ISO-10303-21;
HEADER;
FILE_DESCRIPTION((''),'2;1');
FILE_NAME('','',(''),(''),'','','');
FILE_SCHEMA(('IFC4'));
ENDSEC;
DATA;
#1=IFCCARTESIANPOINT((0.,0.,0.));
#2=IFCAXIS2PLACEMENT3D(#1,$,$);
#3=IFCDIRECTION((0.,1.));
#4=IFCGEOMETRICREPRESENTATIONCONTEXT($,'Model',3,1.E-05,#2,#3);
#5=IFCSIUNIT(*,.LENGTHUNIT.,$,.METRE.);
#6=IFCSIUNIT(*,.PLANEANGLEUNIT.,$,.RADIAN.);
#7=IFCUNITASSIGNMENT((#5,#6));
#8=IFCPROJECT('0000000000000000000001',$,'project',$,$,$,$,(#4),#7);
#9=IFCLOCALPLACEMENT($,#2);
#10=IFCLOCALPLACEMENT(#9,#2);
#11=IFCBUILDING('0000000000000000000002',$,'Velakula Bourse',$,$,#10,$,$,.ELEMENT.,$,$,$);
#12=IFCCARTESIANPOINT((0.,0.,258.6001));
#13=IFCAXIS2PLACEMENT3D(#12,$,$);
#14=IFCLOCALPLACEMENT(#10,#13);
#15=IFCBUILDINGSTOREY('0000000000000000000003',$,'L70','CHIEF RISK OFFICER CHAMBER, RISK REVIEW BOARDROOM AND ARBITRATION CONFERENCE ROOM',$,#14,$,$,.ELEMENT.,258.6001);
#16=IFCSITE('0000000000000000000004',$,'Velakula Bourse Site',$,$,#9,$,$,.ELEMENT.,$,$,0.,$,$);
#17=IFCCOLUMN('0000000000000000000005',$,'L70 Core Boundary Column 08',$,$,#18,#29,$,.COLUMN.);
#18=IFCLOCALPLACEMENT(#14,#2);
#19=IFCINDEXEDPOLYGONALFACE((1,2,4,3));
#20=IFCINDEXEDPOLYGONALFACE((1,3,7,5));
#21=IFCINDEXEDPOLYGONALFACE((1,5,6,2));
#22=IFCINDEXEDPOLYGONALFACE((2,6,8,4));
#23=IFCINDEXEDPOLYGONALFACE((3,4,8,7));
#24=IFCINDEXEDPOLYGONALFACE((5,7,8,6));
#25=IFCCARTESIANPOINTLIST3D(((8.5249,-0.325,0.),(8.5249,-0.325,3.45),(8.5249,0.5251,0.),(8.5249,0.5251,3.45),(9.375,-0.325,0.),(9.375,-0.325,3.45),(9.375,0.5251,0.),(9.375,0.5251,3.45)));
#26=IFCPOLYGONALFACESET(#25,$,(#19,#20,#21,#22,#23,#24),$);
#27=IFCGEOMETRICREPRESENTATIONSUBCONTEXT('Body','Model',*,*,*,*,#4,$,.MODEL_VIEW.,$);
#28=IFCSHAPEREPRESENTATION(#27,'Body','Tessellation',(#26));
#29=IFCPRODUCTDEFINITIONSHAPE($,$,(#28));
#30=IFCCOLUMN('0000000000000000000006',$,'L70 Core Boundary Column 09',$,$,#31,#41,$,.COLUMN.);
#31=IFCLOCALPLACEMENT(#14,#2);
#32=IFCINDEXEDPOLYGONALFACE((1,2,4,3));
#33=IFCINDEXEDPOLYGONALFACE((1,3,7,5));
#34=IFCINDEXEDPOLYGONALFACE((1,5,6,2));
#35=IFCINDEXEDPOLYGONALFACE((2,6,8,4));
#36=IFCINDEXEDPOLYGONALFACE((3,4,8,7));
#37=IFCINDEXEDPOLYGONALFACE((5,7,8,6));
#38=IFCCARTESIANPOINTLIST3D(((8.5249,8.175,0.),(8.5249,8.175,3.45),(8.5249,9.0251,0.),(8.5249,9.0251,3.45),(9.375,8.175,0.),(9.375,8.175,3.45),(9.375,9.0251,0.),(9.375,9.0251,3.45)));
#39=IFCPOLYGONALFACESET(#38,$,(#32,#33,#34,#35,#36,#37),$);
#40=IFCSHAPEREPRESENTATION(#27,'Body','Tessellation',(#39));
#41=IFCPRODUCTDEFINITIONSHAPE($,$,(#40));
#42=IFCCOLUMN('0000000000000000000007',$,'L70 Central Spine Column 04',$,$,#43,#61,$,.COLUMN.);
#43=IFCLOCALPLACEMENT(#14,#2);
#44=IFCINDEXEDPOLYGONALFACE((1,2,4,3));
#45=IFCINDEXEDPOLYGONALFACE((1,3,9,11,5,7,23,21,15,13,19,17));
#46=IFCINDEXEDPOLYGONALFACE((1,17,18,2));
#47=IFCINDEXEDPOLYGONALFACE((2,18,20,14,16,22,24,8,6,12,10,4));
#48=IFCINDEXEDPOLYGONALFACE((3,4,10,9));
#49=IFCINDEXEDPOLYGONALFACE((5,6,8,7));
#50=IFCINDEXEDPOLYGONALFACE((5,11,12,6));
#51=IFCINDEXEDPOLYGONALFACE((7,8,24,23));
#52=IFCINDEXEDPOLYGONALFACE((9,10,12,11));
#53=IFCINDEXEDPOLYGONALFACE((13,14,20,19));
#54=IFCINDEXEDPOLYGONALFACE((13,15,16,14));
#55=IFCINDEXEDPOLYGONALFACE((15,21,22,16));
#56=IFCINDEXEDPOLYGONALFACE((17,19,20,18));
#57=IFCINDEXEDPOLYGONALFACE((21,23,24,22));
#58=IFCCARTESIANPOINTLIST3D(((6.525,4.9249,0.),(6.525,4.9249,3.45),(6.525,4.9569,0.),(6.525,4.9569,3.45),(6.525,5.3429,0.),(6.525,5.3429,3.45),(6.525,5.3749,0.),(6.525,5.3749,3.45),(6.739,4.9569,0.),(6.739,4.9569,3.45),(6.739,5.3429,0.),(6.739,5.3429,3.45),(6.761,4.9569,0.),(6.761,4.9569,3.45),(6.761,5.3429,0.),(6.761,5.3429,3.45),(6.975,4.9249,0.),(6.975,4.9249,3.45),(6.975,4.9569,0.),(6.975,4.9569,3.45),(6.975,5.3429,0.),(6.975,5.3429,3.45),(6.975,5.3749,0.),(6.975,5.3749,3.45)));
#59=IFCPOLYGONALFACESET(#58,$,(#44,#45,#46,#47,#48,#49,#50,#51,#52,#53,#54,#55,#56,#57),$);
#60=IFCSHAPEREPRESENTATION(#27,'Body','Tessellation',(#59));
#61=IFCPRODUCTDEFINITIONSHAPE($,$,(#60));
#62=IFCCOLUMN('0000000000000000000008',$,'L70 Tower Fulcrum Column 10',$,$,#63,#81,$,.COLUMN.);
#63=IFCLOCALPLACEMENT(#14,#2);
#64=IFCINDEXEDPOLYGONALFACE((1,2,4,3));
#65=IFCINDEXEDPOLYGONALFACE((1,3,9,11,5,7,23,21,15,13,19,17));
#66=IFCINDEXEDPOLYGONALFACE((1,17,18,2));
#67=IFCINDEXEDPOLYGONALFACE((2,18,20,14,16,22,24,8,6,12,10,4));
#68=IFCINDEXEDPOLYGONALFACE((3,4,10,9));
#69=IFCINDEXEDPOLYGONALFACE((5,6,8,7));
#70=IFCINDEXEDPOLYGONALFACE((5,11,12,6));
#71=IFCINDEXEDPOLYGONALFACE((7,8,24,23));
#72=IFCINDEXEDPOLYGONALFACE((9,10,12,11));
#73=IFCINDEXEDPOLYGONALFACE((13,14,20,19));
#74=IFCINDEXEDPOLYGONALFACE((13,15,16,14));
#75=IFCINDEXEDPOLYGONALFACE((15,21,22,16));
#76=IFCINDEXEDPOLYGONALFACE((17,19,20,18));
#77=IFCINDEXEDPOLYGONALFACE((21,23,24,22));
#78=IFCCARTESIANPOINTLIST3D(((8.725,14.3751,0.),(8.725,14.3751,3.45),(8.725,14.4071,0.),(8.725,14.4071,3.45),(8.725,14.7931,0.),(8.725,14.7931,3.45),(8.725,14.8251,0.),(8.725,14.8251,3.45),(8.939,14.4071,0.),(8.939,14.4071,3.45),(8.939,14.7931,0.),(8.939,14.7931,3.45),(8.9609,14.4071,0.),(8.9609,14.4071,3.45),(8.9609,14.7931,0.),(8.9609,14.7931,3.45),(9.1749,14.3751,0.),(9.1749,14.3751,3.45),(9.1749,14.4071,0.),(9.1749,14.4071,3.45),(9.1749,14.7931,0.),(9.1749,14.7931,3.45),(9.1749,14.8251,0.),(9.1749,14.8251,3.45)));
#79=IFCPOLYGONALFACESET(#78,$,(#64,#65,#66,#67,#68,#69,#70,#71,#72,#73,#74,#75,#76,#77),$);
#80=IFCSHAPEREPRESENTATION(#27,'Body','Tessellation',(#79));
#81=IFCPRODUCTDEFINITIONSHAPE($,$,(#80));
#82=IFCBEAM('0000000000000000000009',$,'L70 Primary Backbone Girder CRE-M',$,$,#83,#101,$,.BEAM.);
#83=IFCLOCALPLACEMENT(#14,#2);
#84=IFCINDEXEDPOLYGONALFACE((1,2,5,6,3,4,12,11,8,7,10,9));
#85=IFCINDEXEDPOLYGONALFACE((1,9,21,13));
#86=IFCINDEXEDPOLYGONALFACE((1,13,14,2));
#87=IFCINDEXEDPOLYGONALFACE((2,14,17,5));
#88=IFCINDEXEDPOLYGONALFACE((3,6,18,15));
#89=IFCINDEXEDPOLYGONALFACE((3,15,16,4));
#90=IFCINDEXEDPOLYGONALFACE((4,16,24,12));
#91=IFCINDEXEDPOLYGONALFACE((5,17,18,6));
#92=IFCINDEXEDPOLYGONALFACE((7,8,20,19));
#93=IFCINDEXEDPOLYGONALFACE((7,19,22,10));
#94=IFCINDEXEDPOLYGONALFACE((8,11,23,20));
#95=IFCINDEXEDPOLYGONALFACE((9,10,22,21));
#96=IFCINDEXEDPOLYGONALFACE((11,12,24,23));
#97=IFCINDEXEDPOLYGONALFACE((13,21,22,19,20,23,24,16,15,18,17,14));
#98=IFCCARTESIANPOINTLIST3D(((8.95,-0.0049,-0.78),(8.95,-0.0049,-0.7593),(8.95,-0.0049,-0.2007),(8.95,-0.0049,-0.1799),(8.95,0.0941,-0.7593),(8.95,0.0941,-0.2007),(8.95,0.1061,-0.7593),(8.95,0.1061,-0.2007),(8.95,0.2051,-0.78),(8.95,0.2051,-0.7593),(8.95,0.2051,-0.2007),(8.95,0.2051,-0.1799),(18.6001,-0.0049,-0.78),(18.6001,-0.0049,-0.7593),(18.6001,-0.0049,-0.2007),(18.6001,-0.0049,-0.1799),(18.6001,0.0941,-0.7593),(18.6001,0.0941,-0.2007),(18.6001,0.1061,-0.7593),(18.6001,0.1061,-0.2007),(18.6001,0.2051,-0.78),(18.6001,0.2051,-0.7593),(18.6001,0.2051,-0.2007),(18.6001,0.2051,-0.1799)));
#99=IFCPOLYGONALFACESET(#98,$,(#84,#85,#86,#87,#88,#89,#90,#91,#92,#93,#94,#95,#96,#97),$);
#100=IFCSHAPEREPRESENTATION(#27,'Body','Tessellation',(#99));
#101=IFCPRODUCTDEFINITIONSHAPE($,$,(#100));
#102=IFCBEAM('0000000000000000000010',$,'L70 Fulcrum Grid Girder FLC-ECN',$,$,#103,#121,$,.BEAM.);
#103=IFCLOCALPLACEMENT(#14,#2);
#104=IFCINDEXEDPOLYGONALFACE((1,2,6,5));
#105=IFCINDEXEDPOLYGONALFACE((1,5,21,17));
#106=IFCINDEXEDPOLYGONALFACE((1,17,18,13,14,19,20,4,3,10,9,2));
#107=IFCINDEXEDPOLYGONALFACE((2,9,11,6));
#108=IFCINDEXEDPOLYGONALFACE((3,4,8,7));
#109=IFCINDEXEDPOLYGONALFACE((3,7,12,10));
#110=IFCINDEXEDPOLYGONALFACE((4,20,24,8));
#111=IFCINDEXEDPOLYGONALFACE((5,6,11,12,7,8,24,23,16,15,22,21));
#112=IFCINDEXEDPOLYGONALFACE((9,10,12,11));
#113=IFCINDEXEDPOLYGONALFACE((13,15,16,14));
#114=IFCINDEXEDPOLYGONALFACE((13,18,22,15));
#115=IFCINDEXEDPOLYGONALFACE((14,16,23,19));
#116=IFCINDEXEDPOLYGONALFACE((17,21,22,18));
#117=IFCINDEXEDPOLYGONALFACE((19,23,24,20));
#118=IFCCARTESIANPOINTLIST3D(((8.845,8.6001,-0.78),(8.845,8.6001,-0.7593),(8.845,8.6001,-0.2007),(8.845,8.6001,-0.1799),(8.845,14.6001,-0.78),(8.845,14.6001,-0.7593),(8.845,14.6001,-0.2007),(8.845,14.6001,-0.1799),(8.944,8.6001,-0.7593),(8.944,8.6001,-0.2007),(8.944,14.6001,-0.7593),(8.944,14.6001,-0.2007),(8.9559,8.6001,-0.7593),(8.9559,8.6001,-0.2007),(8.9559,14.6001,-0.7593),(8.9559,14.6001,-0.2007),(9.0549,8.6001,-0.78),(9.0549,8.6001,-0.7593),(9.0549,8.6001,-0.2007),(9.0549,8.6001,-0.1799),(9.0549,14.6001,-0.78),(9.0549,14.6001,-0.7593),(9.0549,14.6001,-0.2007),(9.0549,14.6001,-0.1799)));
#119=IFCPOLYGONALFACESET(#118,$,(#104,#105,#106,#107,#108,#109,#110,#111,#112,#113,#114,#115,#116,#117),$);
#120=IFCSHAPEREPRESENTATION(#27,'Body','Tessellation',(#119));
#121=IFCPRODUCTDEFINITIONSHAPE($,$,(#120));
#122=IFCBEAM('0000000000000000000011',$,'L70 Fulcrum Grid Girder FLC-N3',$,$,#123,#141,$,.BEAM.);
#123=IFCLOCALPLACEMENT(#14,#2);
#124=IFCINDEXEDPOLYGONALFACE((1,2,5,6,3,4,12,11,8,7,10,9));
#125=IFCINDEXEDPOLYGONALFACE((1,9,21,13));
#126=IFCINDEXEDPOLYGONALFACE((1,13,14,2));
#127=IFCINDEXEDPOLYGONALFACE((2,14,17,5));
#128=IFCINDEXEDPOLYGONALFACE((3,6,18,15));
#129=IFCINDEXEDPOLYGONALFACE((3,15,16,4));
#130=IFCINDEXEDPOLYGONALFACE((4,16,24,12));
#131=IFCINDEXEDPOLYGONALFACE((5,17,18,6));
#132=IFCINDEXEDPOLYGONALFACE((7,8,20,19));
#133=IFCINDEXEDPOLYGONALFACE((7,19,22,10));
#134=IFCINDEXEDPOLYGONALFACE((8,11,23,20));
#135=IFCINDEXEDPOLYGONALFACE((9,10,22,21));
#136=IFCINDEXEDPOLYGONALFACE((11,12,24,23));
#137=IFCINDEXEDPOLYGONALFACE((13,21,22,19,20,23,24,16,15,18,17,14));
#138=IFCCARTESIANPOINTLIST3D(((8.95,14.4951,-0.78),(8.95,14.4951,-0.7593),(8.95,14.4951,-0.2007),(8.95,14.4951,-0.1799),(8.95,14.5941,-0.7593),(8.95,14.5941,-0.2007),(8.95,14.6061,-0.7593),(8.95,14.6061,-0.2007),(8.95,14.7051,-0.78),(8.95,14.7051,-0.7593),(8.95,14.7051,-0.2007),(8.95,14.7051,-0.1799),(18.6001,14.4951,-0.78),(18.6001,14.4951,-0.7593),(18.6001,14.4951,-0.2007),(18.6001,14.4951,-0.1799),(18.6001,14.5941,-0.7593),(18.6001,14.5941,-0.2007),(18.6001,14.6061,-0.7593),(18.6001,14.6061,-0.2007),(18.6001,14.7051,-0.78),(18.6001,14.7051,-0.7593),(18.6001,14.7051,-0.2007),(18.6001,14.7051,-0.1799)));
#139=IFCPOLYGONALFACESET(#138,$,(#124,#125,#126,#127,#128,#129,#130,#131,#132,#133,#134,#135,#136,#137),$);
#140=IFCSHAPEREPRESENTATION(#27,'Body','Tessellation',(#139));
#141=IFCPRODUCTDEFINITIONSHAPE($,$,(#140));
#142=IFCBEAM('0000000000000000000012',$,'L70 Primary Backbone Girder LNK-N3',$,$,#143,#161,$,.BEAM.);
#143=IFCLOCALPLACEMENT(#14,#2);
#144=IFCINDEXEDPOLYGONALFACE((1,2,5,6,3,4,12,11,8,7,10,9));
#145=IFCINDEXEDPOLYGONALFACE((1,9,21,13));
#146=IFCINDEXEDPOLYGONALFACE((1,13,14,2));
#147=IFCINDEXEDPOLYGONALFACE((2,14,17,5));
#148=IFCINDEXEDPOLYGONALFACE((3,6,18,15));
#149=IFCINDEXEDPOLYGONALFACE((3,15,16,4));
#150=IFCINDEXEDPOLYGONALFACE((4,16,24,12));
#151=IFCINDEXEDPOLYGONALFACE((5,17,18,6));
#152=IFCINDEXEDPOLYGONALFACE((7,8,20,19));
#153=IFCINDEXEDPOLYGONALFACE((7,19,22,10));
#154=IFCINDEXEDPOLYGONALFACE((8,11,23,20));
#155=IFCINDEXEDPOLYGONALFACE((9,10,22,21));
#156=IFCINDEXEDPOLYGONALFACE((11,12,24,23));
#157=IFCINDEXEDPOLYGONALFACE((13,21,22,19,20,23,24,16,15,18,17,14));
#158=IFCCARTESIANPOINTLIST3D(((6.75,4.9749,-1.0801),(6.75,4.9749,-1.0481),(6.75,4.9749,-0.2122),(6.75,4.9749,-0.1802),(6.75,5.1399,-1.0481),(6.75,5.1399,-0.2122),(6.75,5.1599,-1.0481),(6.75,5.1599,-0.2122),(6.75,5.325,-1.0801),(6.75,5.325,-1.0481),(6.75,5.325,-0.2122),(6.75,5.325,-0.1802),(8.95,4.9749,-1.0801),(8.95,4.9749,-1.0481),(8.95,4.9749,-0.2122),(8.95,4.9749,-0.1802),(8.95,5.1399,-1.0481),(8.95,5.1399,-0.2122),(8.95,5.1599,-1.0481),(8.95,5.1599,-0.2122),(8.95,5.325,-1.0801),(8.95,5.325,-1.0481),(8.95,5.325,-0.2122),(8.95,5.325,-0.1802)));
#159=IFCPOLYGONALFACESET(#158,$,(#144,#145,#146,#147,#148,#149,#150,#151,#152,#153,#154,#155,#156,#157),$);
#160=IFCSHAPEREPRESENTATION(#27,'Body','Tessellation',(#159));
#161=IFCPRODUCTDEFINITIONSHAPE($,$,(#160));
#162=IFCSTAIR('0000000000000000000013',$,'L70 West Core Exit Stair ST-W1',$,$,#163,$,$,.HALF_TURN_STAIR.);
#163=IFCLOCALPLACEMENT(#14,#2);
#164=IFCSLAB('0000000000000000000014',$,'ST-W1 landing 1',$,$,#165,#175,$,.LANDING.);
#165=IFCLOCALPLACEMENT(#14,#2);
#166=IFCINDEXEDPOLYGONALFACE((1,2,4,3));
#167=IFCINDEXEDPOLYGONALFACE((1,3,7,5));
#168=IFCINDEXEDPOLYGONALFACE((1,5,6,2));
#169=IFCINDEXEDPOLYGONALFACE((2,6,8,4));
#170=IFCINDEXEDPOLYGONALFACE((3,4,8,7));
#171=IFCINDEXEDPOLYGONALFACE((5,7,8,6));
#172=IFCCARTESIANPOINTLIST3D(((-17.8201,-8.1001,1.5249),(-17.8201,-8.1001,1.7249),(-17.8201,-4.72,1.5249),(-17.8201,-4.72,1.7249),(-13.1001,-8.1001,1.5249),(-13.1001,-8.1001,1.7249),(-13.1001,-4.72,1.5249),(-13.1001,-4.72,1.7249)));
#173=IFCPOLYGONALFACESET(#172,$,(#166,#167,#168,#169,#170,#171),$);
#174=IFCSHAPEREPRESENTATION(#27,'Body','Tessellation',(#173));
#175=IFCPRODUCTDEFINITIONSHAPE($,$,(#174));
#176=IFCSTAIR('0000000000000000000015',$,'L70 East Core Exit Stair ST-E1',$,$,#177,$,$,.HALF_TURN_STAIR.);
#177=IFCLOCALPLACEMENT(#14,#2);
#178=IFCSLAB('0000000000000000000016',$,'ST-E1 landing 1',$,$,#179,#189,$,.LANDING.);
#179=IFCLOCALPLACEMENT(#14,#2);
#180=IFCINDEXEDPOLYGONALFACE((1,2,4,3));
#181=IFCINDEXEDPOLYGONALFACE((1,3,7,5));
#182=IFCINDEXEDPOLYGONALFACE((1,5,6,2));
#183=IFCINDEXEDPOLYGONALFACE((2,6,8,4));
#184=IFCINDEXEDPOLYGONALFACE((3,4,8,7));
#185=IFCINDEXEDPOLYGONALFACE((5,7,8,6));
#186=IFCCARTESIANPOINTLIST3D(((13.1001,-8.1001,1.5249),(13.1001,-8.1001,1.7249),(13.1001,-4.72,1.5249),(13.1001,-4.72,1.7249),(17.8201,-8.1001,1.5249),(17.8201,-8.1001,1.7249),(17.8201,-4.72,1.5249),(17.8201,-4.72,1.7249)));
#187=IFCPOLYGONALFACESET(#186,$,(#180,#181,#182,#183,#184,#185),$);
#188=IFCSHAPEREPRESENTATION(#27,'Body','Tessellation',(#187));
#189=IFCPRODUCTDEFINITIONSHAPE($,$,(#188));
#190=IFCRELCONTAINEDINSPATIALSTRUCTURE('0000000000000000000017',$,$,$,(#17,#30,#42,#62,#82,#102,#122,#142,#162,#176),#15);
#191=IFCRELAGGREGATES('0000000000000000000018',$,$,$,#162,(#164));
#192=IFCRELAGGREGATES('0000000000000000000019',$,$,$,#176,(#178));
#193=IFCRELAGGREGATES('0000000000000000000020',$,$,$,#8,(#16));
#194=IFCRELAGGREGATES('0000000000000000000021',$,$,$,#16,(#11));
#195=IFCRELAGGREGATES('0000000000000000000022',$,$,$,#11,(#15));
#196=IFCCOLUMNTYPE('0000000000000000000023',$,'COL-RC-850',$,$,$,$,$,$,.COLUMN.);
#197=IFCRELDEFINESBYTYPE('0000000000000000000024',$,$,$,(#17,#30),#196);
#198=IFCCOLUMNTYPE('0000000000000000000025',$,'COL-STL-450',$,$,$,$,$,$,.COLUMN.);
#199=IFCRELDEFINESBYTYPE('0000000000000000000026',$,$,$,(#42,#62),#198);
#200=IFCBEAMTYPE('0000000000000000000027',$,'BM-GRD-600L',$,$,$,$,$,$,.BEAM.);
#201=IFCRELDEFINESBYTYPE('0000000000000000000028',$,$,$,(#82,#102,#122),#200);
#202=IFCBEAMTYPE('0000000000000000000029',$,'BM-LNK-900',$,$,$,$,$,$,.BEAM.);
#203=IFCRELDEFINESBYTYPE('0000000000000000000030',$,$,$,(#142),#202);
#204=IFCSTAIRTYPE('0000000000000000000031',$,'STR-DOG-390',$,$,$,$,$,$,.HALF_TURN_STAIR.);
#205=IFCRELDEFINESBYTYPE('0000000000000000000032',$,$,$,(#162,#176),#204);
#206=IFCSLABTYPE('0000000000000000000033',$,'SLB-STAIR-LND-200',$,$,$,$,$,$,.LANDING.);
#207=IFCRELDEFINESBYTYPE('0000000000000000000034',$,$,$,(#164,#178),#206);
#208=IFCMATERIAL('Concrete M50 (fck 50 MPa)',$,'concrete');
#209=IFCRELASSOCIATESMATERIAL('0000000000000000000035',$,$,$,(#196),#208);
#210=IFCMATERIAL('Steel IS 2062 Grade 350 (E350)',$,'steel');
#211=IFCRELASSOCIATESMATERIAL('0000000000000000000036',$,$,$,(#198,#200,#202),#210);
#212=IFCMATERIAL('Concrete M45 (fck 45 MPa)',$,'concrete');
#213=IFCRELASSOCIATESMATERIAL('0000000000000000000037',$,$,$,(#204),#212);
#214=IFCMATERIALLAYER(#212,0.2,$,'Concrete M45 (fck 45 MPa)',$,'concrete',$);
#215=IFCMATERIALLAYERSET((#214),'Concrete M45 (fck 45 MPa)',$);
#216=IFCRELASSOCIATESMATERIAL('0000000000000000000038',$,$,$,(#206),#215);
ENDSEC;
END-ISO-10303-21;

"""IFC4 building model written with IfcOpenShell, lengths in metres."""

from ifc_helpers import new_model, si_unit, direction, frame, origin, origin_2d, place, context, subcontext, project, spatial, polyline, rectangle, i_section, outline, extrude, material, layer, layer_set, material_profile, profile_set, type_object, element, aggregate, save


model = new_model("IFC4")

# Units and contexts
model_context = context("Model", 3, precision=1e-05, world=origin(), true_north=direction((0.0, 1.0)))
body_context = subcontext(model_context, "Body", "Model", "MODEL_VIEW")
ifc_project = project(units=[si_unit("LENGTHUNIT", "METRE"), si_unit("PLANEANGLEUNIT", "RADIAN")], contexts=[model_context])

# Site, building, storey
site_placement = place(None, origin())
site = spatial("IfcSite", under=ifc_project, at=site_placement, Name="Velakula Bourse Site", CompositionType="ELEMENT", RefElevation=0.0)
building_placement = place(site_placement, origin())
building = spatial("IfcBuilding", under=site, at=building_placement, Name="Velakula Bourse", CompositionType="ELEMENT")
storey_placement = place(building_placement, frame((0.0, 0.0, 258.6001)))
storey = spatial("IfcBuildingStorey", under=building, at=storey_placement, Name="L70", Description="CHIEF RISK OFFICER CHAMBER, RISK REVIEW BOARDROOM AND ARBITRATION CONFERENCE ROOM", CompositionType="ELEMENT", Elevation=258.6001)

# Columns
ifc_material_1 = material(Name="Concrete M50 (fck 50 MPa)", Category="concrete")
ifc_material_profile_1 = material_profile(ifc_material_1, rectangle(XDim=0.8501, YDim=0.8501, at=origin_2d()), Name="Concrete M50 (fck 50 MPa)")
ifc_profile_set_1 = profile_set([ifc_material_profile_1], Name="Concrete M50 (fck 50 MPa)")
column_type_1 = type_object("IfcColumnType", Name="COL-RC-850", PredefinedType="COLUMN", material=ifc_profile_set_1)
for number, where, z_axis, x_axis, name in (
    (1, (8.95, 0.1001, 0.0), (0.0, 0.0, 1.0), (1.0, 0.0, 0.0), "L70 Core Boundary Column 08"),
    (2, (8.95, 8.6001, 0.0), (0.0, 0.0, 1.0), (1.0, 0.0, 0.0), "L70 Core Boundary Column 09"),
):
    element("IfcColumn", number, at=place(storey_placement, frame(where, z_axis=z_axis, x_axis=x_axis)), inside=storey, type_object=column_type_1, Name=name, PredefinedType="COLUMN", context=body_context, shape_type="SweptSolid", body=[
        extrude(rectangle(XDim=0.8501, YDim=0.8501, at=origin_2d()), origin(), (0.0, 0.0, 1.0), 3.45),
    ])
ifc_material_2 = material(Name="Steel IS 2062 Grade 350 (E350)", Category="steel")
ifc_material_profile_2 = material_profile(ifc_material_2, i_section(OverallWidth=0.45, OverallDepth=0.45, WebThickness=0.022, FlangeThickness=0.032, at=origin_2d()), Name="Steel IS 2062 Grade 350 (E350)")
ifc_profile_set_2 = profile_set([ifc_material_profile_2], Name="Steel IS 2062 Grade 350 (E350)")
column_type_2 = type_object("IfcColumnType", Name="COL-STL-450", PredefinedType="COLUMN", material=ifc_profile_set_2)
for number, where, z_axis, x_axis, name in (
    (3, (6.75, 5.1499, 0.0), (0.0, 0.0, 1.0), (1.0, 0.0, 0.0), "L70 Central Spine Column 04"),
    (4, (8.95, 14.6001, 0.0), (0.0, 0.0, 1.0), (1.0, 0.0, 0.0), "L70 Tower Fulcrum Column 10"),
):
    element("IfcColumn", number, at=place(storey_placement, frame(where, z_axis=z_axis, x_axis=x_axis)), inside=storey, type_object=column_type_2, Name=name, PredefinedType="COLUMN", context=body_context, shape_type="SweptSolid", body=[
        extrude(i_section(OverallWidth=0.45, OverallDepth=0.45, WebThickness=0.022, FlangeThickness=0.032, at=origin_2d()), origin(), (0.0, 0.0, 1.0), 3.45),
    ])

# Beams
ifc_material_profile_3 = material_profile(ifc_material_2, i_section(OverallWidth=0.21, OverallDepth=0.6001, WebThickness=0.012, FlangeThickness=0.0208, at=origin_2d()), Name="Steel IS 2062 Grade 350 (E350)")
ifc_profile_set_3 = profile_set([ifc_material_profile_3], Name="Steel IS 2062 Grade 350 (E350)")
beam_type_1 = type_object("IfcBeamType", Name="BM-GRD-600L", PredefinedType="BEAM", material=ifc_profile_set_3)
beam_1_placement = place(storey_placement, frame((8.95, 0.1001, -0.48), z_axis=(1.0, 0.0, 0.0), x_axis=(0.0, 1.0, 0.0)))
element("IfcBeam", 5, at=beam_1_placement, inside=storey, type_object=beam_type_1, Name="L70 Primary Backbone Girder CRE-M", PredefinedType="BEAM", context=body_context, shape_type="SweptSolid", body=[
    extrude(i_section(OverallWidth=0.21, OverallDepth=0.6001, WebThickness=0.012, FlangeThickness=0.0208, at=origin_2d()), origin(), (0.0, 0.0, 1.0), 9.6501),
])
beam_2_placement = place(storey_placement, frame((8.95, 8.6001, -0.48), z_axis=(0.0, 1.0, 0.0), x_axis=(-1.0, 0.0, 0.0)))
element("IfcBeam", 6, at=beam_2_placement, inside=storey, type_object=beam_type_1, Name="L70 Fulcrum Grid Girder FLC-ECN", PredefinedType="BEAM", context=body_context, shape_type="SweptSolid", body=[
    extrude(i_section(OverallWidth=0.21, OverallDepth=0.6001, WebThickness=0.012, FlangeThickness=0.0208, at=origin_2d()), origin(), (0.0, 0.0, 1.0), 6.0),
])
beam_3_placement = place(storey_placement, frame((8.95, 14.6001, -0.48), z_axis=(1.0, 0.0, 0.0), x_axis=(0.0, 1.0, 0.0)))
element("IfcBeam", 7, at=beam_3_placement, inside=storey, type_object=beam_type_1, Name="L70 Fulcrum Grid Girder FLC-N3", PredefinedType="BEAM", context=body_context, shape_type="SweptSolid", body=[
    extrude(i_section(OverallWidth=0.21, OverallDepth=0.6001, WebThickness=0.012, FlangeThickness=0.0208, at=origin_2d()), origin(), (0.0, 0.0, 1.0), 9.6501),
])
ifc_material_profile_4 = material_profile(ifc_material_2, i_section(OverallWidth=0.3501, OverallDepth=0.8999, WebThickness=0.02, FlangeThickness=0.032, at=origin_2d()), Name="Steel IS 2062 Grade 350 (E350)")
ifc_profile_set_4 = profile_set([ifc_material_profile_4], Name="Steel IS 2062 Grade 350 (E350)")
beam_type_2 = type_object("IfcBeamType", Name="BM-LNK-900", PredefinedType="BEAM", material=ifc_profile_set_4)
beam_4_placement = place(storey_placement, frame((6.75, 5.1499, -0.6301), z_axis=(1.0, 0.0, 0.0), x_axis=(0.0, 1.0, 0.0)))
element("IfcBeam", 8, at=beam_4_placement, inside=storey, type_object=beam_type_2, Name="L70 Primary Backbone Girder LNK-N3", PredefinedType="BEAM", context=body_context, shape_type="SweptSolid", body=[
    extrude(i_section(OverallWidth=0.3501, OverallDepth=0.8999, WebThickness=0.02, FlangeThickness=0.032, at=origin_2d()), origin(), (0.0, 0.0, 1.0), 2.2),
])

# Stairs, slabs
ifc_material_3 = material(Name="Concrete M45 (fck 45 MPa)", Category="concrete")
stair_type = type_object("IfcStairType", Name="STR-DOG-390", PredefinedType="HALF_TURN_STAIR", material=ifc_material_3)
stair_1_placement = place(storey_placement, origin())
stair_1 = element("IfcStair", 9, at=stair_1_placement, inside=storey, type_object=stair_type, Name="L70 West Core Exit Stair ST-W1", PredefinedType="HALF_TURN_STAIR")
ifc_layer_1 = layer(ifc_material_3, 0.2, Name="Concrete M45 (fck 45 MPa)", Category="concrete")
ifc_layer_set_1 = layer_set([ifc_layer_1], Name="Concrete M45 (fck 45 MPa)")
slab_type = type_object("IfcSlabType", Name="SLB-STAIR-LND-200", PredefinedType="LANDING", material=ifc_layer_set_1)
slab_1_placement = place(storey_placement, frame((0.0, 0.0, 1.5249)))
slab_1 = element("IfcSlab", 10, at=slab_1_placement, type_object=slab_type, Name="ST-W1 landing 1", PredefinedType="LANDING", context=body_context, shape_type="SweptSolid", body=[
    extrude(outline(polyline([(-17.8201, -4.72), (-17.8201, -8.1001), (-13.1001, -8.1001), (-13.1001, -4.72), (-17.8201, -4.72)])), origin(), (0.0, 0.0, 1.0), 0.2),
])
aggregate(stair_1, [slab_1])
stair_2_placement = place(storey_placement, origin())
stair_2 = element("IfcStair", 11, at=stair_2_placement, inside=storey, type_object=stair_type, Name="L70 East Core Exit Stair ST-E1", PredefinedType="HALF_TURN_STAIR")
slab_2_placement = place(storey_placement, frame((0.0, 0.0, 1.5249)))
slab_2 = element("IfcSlab", 12, at=slab_2_placement, type_object=slab_type, Name="ST-E1 landing 1", PredefinedType="LANDING", context=body_context, shape_type="SweptSolid", body=[
    extrude(outline(polyline([(13.1001, -4.72), (13.1001, -8.1001), (17.8201, -8.1001), (17.8201, -4.72), (13.1001, -4.72)])), origin(), (0.0, 0.0, 1.0), 0.2),
])
aggregate(stair_2, [slab_2])

save(model, "model.ifc")
